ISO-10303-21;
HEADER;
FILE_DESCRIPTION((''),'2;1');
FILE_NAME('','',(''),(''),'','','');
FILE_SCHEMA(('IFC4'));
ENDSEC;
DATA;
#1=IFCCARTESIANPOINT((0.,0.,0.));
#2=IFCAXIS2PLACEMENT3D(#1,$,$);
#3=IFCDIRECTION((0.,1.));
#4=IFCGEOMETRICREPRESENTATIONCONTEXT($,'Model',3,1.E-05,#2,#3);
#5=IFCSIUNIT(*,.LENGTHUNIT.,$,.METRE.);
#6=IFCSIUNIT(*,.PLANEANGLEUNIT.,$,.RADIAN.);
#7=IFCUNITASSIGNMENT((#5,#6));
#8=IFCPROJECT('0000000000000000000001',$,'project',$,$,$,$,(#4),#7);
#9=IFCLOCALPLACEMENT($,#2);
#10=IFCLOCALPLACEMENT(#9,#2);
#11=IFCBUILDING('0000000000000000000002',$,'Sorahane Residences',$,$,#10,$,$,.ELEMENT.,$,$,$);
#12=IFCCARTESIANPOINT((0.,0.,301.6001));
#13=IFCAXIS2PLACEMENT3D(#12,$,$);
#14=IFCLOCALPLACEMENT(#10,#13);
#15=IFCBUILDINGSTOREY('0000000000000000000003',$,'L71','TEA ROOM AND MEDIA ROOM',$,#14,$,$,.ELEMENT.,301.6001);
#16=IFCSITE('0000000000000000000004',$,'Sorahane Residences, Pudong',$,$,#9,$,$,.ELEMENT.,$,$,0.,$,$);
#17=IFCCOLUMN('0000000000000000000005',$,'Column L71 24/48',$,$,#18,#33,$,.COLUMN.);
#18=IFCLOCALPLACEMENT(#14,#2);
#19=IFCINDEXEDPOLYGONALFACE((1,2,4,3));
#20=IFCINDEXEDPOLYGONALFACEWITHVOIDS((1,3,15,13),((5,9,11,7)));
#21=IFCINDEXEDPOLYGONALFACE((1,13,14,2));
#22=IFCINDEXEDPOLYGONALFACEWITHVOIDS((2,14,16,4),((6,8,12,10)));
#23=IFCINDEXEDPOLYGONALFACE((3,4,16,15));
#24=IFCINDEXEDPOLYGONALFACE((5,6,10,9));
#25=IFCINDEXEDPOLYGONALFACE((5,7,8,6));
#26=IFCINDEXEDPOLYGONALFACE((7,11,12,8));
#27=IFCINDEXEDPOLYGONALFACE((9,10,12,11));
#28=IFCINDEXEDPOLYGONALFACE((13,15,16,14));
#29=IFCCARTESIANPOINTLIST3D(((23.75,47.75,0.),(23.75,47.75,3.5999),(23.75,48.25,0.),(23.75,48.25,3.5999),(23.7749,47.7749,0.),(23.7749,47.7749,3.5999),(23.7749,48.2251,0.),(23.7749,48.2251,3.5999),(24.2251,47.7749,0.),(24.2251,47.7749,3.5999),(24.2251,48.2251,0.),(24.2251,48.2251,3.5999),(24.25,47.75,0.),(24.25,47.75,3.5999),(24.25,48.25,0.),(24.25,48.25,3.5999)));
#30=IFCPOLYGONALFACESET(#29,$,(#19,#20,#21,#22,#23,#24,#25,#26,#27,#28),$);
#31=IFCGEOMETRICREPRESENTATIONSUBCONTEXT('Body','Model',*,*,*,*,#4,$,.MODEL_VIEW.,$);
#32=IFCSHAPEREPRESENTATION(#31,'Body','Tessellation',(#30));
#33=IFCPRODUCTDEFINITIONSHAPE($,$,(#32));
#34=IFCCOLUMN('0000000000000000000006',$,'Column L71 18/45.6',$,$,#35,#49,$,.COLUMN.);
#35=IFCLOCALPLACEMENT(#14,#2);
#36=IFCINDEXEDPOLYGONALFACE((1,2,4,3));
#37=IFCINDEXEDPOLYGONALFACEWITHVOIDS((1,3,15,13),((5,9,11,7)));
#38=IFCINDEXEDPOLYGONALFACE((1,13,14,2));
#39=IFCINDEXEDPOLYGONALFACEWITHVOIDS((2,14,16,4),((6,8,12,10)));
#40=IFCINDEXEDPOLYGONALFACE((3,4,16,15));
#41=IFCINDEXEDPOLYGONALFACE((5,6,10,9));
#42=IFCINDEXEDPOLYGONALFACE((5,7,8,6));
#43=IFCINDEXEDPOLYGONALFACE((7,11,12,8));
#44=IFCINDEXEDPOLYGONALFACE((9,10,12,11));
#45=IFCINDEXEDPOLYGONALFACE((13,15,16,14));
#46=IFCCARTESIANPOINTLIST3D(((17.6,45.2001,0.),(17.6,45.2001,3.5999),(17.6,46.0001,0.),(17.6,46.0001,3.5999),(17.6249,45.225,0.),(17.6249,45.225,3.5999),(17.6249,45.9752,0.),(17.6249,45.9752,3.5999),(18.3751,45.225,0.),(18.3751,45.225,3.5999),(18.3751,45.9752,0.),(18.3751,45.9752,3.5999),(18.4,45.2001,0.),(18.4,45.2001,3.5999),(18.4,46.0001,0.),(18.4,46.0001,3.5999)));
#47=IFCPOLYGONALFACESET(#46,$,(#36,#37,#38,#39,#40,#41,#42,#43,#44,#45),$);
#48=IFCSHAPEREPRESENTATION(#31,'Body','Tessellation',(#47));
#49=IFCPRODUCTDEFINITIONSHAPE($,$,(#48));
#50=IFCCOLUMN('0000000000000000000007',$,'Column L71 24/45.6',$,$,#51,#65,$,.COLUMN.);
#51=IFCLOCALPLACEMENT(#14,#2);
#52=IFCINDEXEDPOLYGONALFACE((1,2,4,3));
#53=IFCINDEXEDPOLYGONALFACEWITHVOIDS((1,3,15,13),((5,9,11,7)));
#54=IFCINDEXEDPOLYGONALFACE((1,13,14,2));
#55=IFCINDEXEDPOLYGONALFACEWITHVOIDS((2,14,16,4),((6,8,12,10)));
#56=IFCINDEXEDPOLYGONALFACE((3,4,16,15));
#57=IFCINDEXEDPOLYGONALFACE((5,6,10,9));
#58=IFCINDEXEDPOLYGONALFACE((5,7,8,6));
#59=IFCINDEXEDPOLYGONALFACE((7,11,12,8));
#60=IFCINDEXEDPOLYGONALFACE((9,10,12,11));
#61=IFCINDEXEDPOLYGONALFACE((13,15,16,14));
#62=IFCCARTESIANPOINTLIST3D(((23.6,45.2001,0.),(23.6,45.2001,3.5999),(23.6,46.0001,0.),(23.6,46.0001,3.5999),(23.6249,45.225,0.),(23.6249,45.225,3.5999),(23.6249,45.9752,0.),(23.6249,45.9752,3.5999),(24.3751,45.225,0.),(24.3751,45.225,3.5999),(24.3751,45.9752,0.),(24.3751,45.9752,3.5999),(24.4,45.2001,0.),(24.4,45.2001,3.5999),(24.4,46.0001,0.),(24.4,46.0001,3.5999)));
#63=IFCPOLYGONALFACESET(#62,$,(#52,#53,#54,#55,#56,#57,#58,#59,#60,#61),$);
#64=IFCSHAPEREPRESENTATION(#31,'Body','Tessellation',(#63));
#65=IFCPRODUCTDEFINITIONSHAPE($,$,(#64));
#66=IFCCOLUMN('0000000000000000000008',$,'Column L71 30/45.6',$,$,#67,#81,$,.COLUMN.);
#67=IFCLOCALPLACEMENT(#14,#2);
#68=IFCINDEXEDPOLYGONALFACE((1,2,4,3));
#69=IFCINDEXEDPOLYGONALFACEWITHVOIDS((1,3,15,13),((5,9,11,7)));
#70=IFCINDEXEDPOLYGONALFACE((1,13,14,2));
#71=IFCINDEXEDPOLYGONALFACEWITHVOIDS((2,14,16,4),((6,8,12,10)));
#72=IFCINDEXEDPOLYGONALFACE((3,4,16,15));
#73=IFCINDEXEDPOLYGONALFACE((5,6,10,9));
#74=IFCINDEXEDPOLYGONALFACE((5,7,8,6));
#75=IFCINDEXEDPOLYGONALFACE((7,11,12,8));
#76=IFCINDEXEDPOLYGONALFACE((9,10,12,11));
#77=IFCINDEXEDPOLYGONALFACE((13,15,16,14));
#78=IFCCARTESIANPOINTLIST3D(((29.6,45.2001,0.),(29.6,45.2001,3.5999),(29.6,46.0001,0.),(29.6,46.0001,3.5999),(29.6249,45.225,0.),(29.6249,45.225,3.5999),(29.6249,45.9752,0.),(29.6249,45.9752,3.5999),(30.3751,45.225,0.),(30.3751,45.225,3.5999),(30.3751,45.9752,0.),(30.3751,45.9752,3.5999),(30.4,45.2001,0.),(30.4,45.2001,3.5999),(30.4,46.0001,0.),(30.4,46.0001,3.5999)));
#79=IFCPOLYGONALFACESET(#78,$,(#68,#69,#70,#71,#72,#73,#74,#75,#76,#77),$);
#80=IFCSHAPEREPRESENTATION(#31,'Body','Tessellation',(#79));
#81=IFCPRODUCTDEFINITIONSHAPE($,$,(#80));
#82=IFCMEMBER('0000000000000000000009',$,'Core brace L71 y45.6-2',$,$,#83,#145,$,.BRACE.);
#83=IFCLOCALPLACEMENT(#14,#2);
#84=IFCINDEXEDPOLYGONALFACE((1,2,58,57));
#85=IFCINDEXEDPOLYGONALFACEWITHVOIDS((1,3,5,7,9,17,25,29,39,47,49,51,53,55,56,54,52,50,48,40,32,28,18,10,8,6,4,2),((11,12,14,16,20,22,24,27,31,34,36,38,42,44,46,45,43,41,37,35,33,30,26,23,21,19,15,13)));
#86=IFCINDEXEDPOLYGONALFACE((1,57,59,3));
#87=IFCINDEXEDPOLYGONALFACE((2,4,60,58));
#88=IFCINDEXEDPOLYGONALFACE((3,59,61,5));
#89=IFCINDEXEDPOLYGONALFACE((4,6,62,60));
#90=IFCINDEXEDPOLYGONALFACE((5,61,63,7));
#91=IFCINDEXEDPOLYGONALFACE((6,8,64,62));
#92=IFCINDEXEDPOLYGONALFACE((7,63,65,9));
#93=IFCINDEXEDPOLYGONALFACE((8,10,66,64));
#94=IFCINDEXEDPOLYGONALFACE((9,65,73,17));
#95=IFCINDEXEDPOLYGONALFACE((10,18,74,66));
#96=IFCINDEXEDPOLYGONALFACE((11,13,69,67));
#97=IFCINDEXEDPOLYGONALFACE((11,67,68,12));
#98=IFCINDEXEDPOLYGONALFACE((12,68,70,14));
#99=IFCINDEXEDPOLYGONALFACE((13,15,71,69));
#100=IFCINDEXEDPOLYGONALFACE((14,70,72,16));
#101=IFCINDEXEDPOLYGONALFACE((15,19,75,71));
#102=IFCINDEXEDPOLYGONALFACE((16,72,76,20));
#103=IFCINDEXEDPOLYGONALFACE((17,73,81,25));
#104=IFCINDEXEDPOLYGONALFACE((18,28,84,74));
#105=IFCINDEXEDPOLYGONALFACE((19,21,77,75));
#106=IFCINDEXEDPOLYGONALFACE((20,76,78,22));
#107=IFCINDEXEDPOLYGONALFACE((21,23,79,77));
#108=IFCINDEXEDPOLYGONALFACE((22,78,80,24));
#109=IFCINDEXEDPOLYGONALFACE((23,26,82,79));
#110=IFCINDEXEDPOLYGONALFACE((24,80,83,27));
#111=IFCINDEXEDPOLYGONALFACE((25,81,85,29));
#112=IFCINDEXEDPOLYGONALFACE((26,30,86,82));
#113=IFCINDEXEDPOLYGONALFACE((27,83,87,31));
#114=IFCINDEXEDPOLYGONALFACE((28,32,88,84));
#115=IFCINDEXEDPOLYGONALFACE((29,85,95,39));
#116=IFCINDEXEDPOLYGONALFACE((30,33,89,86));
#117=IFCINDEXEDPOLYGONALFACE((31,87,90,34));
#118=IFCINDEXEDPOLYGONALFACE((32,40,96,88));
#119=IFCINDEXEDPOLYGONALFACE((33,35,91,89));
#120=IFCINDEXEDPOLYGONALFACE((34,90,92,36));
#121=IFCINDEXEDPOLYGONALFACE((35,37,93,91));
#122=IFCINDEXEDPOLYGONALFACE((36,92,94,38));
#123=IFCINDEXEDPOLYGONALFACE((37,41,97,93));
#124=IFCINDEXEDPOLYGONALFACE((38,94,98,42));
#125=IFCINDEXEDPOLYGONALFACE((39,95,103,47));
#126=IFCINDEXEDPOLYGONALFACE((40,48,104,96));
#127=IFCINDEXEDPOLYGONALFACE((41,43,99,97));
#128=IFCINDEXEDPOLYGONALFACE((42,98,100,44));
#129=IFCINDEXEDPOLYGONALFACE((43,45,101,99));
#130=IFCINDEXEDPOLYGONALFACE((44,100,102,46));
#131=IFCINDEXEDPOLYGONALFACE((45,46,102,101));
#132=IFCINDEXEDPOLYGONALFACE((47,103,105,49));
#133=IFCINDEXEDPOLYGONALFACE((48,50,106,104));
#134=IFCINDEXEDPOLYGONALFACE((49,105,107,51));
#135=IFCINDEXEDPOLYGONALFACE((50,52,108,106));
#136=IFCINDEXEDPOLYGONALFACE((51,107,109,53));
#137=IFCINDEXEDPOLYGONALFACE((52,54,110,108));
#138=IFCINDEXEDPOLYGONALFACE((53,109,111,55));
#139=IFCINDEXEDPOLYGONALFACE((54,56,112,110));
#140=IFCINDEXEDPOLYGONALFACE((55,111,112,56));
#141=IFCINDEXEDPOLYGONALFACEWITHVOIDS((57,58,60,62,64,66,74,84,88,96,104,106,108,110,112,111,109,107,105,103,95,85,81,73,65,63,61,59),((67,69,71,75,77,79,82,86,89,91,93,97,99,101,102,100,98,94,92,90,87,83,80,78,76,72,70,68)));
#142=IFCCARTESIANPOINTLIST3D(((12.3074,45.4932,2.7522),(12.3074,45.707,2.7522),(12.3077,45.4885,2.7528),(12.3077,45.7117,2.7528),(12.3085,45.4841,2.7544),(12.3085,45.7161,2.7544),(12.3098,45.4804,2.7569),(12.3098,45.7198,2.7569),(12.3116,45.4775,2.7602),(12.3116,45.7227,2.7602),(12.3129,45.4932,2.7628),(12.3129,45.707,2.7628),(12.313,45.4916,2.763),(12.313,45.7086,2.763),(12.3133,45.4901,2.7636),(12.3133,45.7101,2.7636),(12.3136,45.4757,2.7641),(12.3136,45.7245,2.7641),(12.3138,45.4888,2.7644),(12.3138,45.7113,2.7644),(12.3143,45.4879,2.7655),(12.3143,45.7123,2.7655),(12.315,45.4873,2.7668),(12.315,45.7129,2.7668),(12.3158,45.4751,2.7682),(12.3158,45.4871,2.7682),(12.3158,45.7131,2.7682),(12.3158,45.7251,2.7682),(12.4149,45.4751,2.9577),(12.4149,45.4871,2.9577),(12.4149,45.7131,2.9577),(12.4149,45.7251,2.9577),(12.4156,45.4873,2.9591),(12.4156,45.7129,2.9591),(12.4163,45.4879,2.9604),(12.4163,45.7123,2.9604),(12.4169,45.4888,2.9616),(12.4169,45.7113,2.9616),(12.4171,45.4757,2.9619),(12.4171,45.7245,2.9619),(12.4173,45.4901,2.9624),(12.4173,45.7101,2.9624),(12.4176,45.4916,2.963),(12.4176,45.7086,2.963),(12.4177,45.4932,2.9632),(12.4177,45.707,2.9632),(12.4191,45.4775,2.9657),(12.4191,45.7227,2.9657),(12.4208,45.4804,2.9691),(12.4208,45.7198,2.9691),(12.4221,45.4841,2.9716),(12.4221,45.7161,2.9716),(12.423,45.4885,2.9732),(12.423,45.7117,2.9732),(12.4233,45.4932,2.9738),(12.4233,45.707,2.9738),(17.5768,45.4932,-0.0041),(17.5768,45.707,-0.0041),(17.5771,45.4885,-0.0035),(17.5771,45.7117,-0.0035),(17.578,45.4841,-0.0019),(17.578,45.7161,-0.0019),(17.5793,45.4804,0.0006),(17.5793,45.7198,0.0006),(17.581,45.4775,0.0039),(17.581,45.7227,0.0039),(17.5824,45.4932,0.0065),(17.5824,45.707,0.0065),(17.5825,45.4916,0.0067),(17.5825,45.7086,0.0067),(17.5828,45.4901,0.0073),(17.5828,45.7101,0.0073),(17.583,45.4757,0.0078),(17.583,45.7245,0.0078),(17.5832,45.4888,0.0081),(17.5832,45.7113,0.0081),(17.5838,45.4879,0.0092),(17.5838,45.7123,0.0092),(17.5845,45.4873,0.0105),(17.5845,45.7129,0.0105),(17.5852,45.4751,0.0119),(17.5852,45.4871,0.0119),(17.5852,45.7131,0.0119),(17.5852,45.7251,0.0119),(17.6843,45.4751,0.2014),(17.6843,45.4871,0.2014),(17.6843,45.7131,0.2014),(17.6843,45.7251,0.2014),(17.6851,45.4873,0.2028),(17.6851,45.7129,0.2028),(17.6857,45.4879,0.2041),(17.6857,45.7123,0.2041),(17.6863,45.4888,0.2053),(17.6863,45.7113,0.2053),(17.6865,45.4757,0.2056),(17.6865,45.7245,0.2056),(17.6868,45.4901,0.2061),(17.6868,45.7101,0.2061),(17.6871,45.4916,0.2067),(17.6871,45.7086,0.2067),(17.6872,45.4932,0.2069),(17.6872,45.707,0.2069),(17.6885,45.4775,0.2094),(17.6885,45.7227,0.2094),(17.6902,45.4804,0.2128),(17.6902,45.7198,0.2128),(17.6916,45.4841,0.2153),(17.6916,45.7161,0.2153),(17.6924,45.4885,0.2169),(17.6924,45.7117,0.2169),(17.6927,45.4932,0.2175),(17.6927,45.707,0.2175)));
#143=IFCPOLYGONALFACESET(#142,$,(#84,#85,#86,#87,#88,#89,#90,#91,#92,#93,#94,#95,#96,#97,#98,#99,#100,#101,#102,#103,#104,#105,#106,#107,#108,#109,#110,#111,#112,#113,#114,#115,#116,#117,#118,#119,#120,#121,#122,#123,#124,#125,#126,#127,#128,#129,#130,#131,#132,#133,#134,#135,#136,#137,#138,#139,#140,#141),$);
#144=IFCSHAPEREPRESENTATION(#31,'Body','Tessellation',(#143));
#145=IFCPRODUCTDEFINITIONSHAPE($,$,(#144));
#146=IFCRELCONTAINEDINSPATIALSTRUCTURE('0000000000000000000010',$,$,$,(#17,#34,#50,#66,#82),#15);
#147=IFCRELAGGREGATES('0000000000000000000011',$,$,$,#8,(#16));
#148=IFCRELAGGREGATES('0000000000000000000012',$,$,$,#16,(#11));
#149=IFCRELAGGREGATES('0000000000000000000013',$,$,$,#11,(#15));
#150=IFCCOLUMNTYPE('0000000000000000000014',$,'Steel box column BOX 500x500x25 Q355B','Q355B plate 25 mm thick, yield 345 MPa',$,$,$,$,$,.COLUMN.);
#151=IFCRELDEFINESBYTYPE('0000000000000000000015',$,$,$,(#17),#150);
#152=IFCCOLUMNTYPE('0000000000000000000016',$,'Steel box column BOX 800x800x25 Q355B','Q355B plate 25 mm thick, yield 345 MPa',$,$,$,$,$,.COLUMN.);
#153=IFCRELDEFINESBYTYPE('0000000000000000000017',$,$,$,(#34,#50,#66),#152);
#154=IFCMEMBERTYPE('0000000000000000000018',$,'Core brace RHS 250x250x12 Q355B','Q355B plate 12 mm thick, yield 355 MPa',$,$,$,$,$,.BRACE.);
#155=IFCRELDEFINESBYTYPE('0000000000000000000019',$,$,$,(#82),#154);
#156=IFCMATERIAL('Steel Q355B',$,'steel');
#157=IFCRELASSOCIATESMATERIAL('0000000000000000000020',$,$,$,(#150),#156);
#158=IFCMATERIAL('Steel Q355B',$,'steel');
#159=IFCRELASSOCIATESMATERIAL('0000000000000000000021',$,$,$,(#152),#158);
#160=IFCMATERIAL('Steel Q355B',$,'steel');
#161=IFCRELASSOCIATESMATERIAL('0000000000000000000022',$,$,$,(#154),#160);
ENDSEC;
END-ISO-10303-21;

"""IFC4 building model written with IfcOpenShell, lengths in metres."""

from ifc_helpers import new_model, si_unit, direction, frame, origin, origin_2d, place, context, subcontext, project, spatial, hollow_rectangle, extrude, material, material_profile, profile_set, type_object, element, save


model = new_model("IFC4")

# Units and contexts
model_context = context("Model", 3, precision=1e-05, world=origin(), true_north=direction((0.0, 1.0)))
body_context = subcontext(model_context, "Body", "Model", "MODEL_VIEW")
ifc_project = project(units=[si_unit("LENGTHUNIT", "METRE"), si_unit("PLANEANGLEUNIT", "RADIAN")], contexts=[model_context])

# Site, building, storey
site_placement = place(None, origin())
site = spatial("IfcSite", under=ifc_project, at=site_placement, Name="Sorahane Residences, Pudong", CompositionType="ELEMENT", RefElevation=0.0)
building_placement = place(site_placement, origin())
building = spatial("IfcBuilding", under=site, at=building_placement, Name="Sorahane Residences", CompositionType="ELEMENT")
storey_placement = place(building_placement, frame((0.0, 0.0, 301.6001)))
storey = spatial("IfcBuildingStorey", under=building, at=storey_placement, Name="L71", Description="TEA ROOM AND MEDIA ROOM", CompositionType="ELEMENT", Elevation=301.6001)

# Columns
ifc_material_1 = material(Name="Steel Q355B", Category="steel")
ifc_material_profile_1 = material_profile(ifc_material_1, hollow_rectangle(XDim=0.5, YDim=0.5, WallThickness=0.0249, at=origin_2d()), Name="BOX 500x500x25")
ifc_profile_set_1 = profile_set([ifc_material_profile_1], Name="Steel Q355B")
column_type_1 = type_object("IfcColumnType", Name="Steel box column BOX 500x500x25 Q355B", Description="Q355B plate 25 mm thick, yield 345 MPa", PredefinedType="COLUMN", material=ifc_profile_set_1)
column_placement = place(storey_placement, frame((24.0, 48.0, 0.0), z_axis=(0.0, 0.0, 1.0), x_axis=(1.0, 0.0, 0.0)))
element("IfcColumn", 1, at=column_placement, inside=storey, type_object=column_type_1, Name="Column L71 24/48", PredefinedType="COLUMN", context=body_context, shape_type="SweptSolid", body=[
    extrude(hollow_rectangle(XDim=0.5, YDim=0.5, WallThickness=0.0249, at=origin_2d()), origin(), (0.0, 0.0, 1.0), 3.5999),
])
ifc_material_2 = material(Name="Steel Q355B", Category="steel")
ifc_material_profile_2 = material_profile(ifc_material_2, hollow_rectangle(XDim=0.8, YDim=0.8, WallThickness=0.0249, at=origin_2d()), Name="BOX 800x800x25")
ifc_profile_set_2 = profile_set([ifc_material_profile_2], Name="Steel Q355B")
column_type_2 = type_object("IfcColumnType", Name="Steel box column BOX 800x800x25 Q355B", Description="Q355B plate 25 mm thick, yield 345 MPa", PredefinedType="COLUMN", material=ifc_profile_set_2)
for number, where, z_axis, x_axis, name in (
    (2, (18.0, 45.6001, 0.0), (0.0, 0.0, 1.0), (1.0, 0.0, 0.0), "Column L71 18/45.6"),
    (3, (24.0, 45.6001, 0.0), (0.0, 0.0, 1.0), (1.0, 0.0, 0.0), "Column L71 24/45.6"),
    (4, (30.0, 45.6001, 0.0), (0.0, 0.0, 1.0), (1.0, 0.0, 0.0), "Column L71 30/45.6"),
):
    element("IfcColumn", number, at=place(storey_placement, frame(where, z_axis=z_axis, x_axis=x_axis)), inside=storey, type_object=column_type_2, Name=name, PredefinedType="COLUMN", context=body_context, shape_type="SweptSolid", body=[
        extrude(hollow_rectangle(XDim=0.8, YDim=0.8, WallThickness=0.0249, at=origin_2d()), origin(), (0.0, 0.0, 1.0), 3.5999),
    ])

# Member
ifc_material_3 = material(Name="Steel Q355B", Category="steel")
ifc_material_profile_3 = material_profile(ifc_material_3, hollow_rectangle(XDim=0.25, YDim=0.25, WallThickness=0.012, InnerFilletRadius=0.0061, OuterFilletRadius=0.0181, at=origin_2d()), Name="RHS 250x250x12")
ifc_profile_set_3 = profile_set([ifc_material_profile_3], Name="Steel Q355B")
member_type_1 = type_object("IfcMemberType", Name="Core brace RHS 250x250x12 Q355B", Description="Q355B plate 12 mm thick, yield 355 MPa", PredefinedType="BRACE", material=ifc_profile_set_3)
for number, where, z_axis, x_axis, name in (
    (5, (17.6348, 45.6001, 0.1067), (-0.8861, 0.0, 0.463495), (0.0, -1.0, 0.0), "Core brace L71 y45.6-2"),
):
    element("IfcMember", number, at=place(storey_placement, frame(where, z_axis=z_axis, x_axis=x_axis)), inside=storey, type_object=member_type_1, Name=name, PredefinedType="BRACE", context=body_context, shape_type="SweptSolid", body=[
        extrude(hollow_rectangle(XDim=0.25, YDim=0.25, WallThickness=0.012, InnerFilletRadius=0.0061, OuterFilletRadius=0.0181, at=origin_2d()), origin(), (0.0, 0.0, 1.0), 5.9468),
    ])

save(model, "model.ifc")
